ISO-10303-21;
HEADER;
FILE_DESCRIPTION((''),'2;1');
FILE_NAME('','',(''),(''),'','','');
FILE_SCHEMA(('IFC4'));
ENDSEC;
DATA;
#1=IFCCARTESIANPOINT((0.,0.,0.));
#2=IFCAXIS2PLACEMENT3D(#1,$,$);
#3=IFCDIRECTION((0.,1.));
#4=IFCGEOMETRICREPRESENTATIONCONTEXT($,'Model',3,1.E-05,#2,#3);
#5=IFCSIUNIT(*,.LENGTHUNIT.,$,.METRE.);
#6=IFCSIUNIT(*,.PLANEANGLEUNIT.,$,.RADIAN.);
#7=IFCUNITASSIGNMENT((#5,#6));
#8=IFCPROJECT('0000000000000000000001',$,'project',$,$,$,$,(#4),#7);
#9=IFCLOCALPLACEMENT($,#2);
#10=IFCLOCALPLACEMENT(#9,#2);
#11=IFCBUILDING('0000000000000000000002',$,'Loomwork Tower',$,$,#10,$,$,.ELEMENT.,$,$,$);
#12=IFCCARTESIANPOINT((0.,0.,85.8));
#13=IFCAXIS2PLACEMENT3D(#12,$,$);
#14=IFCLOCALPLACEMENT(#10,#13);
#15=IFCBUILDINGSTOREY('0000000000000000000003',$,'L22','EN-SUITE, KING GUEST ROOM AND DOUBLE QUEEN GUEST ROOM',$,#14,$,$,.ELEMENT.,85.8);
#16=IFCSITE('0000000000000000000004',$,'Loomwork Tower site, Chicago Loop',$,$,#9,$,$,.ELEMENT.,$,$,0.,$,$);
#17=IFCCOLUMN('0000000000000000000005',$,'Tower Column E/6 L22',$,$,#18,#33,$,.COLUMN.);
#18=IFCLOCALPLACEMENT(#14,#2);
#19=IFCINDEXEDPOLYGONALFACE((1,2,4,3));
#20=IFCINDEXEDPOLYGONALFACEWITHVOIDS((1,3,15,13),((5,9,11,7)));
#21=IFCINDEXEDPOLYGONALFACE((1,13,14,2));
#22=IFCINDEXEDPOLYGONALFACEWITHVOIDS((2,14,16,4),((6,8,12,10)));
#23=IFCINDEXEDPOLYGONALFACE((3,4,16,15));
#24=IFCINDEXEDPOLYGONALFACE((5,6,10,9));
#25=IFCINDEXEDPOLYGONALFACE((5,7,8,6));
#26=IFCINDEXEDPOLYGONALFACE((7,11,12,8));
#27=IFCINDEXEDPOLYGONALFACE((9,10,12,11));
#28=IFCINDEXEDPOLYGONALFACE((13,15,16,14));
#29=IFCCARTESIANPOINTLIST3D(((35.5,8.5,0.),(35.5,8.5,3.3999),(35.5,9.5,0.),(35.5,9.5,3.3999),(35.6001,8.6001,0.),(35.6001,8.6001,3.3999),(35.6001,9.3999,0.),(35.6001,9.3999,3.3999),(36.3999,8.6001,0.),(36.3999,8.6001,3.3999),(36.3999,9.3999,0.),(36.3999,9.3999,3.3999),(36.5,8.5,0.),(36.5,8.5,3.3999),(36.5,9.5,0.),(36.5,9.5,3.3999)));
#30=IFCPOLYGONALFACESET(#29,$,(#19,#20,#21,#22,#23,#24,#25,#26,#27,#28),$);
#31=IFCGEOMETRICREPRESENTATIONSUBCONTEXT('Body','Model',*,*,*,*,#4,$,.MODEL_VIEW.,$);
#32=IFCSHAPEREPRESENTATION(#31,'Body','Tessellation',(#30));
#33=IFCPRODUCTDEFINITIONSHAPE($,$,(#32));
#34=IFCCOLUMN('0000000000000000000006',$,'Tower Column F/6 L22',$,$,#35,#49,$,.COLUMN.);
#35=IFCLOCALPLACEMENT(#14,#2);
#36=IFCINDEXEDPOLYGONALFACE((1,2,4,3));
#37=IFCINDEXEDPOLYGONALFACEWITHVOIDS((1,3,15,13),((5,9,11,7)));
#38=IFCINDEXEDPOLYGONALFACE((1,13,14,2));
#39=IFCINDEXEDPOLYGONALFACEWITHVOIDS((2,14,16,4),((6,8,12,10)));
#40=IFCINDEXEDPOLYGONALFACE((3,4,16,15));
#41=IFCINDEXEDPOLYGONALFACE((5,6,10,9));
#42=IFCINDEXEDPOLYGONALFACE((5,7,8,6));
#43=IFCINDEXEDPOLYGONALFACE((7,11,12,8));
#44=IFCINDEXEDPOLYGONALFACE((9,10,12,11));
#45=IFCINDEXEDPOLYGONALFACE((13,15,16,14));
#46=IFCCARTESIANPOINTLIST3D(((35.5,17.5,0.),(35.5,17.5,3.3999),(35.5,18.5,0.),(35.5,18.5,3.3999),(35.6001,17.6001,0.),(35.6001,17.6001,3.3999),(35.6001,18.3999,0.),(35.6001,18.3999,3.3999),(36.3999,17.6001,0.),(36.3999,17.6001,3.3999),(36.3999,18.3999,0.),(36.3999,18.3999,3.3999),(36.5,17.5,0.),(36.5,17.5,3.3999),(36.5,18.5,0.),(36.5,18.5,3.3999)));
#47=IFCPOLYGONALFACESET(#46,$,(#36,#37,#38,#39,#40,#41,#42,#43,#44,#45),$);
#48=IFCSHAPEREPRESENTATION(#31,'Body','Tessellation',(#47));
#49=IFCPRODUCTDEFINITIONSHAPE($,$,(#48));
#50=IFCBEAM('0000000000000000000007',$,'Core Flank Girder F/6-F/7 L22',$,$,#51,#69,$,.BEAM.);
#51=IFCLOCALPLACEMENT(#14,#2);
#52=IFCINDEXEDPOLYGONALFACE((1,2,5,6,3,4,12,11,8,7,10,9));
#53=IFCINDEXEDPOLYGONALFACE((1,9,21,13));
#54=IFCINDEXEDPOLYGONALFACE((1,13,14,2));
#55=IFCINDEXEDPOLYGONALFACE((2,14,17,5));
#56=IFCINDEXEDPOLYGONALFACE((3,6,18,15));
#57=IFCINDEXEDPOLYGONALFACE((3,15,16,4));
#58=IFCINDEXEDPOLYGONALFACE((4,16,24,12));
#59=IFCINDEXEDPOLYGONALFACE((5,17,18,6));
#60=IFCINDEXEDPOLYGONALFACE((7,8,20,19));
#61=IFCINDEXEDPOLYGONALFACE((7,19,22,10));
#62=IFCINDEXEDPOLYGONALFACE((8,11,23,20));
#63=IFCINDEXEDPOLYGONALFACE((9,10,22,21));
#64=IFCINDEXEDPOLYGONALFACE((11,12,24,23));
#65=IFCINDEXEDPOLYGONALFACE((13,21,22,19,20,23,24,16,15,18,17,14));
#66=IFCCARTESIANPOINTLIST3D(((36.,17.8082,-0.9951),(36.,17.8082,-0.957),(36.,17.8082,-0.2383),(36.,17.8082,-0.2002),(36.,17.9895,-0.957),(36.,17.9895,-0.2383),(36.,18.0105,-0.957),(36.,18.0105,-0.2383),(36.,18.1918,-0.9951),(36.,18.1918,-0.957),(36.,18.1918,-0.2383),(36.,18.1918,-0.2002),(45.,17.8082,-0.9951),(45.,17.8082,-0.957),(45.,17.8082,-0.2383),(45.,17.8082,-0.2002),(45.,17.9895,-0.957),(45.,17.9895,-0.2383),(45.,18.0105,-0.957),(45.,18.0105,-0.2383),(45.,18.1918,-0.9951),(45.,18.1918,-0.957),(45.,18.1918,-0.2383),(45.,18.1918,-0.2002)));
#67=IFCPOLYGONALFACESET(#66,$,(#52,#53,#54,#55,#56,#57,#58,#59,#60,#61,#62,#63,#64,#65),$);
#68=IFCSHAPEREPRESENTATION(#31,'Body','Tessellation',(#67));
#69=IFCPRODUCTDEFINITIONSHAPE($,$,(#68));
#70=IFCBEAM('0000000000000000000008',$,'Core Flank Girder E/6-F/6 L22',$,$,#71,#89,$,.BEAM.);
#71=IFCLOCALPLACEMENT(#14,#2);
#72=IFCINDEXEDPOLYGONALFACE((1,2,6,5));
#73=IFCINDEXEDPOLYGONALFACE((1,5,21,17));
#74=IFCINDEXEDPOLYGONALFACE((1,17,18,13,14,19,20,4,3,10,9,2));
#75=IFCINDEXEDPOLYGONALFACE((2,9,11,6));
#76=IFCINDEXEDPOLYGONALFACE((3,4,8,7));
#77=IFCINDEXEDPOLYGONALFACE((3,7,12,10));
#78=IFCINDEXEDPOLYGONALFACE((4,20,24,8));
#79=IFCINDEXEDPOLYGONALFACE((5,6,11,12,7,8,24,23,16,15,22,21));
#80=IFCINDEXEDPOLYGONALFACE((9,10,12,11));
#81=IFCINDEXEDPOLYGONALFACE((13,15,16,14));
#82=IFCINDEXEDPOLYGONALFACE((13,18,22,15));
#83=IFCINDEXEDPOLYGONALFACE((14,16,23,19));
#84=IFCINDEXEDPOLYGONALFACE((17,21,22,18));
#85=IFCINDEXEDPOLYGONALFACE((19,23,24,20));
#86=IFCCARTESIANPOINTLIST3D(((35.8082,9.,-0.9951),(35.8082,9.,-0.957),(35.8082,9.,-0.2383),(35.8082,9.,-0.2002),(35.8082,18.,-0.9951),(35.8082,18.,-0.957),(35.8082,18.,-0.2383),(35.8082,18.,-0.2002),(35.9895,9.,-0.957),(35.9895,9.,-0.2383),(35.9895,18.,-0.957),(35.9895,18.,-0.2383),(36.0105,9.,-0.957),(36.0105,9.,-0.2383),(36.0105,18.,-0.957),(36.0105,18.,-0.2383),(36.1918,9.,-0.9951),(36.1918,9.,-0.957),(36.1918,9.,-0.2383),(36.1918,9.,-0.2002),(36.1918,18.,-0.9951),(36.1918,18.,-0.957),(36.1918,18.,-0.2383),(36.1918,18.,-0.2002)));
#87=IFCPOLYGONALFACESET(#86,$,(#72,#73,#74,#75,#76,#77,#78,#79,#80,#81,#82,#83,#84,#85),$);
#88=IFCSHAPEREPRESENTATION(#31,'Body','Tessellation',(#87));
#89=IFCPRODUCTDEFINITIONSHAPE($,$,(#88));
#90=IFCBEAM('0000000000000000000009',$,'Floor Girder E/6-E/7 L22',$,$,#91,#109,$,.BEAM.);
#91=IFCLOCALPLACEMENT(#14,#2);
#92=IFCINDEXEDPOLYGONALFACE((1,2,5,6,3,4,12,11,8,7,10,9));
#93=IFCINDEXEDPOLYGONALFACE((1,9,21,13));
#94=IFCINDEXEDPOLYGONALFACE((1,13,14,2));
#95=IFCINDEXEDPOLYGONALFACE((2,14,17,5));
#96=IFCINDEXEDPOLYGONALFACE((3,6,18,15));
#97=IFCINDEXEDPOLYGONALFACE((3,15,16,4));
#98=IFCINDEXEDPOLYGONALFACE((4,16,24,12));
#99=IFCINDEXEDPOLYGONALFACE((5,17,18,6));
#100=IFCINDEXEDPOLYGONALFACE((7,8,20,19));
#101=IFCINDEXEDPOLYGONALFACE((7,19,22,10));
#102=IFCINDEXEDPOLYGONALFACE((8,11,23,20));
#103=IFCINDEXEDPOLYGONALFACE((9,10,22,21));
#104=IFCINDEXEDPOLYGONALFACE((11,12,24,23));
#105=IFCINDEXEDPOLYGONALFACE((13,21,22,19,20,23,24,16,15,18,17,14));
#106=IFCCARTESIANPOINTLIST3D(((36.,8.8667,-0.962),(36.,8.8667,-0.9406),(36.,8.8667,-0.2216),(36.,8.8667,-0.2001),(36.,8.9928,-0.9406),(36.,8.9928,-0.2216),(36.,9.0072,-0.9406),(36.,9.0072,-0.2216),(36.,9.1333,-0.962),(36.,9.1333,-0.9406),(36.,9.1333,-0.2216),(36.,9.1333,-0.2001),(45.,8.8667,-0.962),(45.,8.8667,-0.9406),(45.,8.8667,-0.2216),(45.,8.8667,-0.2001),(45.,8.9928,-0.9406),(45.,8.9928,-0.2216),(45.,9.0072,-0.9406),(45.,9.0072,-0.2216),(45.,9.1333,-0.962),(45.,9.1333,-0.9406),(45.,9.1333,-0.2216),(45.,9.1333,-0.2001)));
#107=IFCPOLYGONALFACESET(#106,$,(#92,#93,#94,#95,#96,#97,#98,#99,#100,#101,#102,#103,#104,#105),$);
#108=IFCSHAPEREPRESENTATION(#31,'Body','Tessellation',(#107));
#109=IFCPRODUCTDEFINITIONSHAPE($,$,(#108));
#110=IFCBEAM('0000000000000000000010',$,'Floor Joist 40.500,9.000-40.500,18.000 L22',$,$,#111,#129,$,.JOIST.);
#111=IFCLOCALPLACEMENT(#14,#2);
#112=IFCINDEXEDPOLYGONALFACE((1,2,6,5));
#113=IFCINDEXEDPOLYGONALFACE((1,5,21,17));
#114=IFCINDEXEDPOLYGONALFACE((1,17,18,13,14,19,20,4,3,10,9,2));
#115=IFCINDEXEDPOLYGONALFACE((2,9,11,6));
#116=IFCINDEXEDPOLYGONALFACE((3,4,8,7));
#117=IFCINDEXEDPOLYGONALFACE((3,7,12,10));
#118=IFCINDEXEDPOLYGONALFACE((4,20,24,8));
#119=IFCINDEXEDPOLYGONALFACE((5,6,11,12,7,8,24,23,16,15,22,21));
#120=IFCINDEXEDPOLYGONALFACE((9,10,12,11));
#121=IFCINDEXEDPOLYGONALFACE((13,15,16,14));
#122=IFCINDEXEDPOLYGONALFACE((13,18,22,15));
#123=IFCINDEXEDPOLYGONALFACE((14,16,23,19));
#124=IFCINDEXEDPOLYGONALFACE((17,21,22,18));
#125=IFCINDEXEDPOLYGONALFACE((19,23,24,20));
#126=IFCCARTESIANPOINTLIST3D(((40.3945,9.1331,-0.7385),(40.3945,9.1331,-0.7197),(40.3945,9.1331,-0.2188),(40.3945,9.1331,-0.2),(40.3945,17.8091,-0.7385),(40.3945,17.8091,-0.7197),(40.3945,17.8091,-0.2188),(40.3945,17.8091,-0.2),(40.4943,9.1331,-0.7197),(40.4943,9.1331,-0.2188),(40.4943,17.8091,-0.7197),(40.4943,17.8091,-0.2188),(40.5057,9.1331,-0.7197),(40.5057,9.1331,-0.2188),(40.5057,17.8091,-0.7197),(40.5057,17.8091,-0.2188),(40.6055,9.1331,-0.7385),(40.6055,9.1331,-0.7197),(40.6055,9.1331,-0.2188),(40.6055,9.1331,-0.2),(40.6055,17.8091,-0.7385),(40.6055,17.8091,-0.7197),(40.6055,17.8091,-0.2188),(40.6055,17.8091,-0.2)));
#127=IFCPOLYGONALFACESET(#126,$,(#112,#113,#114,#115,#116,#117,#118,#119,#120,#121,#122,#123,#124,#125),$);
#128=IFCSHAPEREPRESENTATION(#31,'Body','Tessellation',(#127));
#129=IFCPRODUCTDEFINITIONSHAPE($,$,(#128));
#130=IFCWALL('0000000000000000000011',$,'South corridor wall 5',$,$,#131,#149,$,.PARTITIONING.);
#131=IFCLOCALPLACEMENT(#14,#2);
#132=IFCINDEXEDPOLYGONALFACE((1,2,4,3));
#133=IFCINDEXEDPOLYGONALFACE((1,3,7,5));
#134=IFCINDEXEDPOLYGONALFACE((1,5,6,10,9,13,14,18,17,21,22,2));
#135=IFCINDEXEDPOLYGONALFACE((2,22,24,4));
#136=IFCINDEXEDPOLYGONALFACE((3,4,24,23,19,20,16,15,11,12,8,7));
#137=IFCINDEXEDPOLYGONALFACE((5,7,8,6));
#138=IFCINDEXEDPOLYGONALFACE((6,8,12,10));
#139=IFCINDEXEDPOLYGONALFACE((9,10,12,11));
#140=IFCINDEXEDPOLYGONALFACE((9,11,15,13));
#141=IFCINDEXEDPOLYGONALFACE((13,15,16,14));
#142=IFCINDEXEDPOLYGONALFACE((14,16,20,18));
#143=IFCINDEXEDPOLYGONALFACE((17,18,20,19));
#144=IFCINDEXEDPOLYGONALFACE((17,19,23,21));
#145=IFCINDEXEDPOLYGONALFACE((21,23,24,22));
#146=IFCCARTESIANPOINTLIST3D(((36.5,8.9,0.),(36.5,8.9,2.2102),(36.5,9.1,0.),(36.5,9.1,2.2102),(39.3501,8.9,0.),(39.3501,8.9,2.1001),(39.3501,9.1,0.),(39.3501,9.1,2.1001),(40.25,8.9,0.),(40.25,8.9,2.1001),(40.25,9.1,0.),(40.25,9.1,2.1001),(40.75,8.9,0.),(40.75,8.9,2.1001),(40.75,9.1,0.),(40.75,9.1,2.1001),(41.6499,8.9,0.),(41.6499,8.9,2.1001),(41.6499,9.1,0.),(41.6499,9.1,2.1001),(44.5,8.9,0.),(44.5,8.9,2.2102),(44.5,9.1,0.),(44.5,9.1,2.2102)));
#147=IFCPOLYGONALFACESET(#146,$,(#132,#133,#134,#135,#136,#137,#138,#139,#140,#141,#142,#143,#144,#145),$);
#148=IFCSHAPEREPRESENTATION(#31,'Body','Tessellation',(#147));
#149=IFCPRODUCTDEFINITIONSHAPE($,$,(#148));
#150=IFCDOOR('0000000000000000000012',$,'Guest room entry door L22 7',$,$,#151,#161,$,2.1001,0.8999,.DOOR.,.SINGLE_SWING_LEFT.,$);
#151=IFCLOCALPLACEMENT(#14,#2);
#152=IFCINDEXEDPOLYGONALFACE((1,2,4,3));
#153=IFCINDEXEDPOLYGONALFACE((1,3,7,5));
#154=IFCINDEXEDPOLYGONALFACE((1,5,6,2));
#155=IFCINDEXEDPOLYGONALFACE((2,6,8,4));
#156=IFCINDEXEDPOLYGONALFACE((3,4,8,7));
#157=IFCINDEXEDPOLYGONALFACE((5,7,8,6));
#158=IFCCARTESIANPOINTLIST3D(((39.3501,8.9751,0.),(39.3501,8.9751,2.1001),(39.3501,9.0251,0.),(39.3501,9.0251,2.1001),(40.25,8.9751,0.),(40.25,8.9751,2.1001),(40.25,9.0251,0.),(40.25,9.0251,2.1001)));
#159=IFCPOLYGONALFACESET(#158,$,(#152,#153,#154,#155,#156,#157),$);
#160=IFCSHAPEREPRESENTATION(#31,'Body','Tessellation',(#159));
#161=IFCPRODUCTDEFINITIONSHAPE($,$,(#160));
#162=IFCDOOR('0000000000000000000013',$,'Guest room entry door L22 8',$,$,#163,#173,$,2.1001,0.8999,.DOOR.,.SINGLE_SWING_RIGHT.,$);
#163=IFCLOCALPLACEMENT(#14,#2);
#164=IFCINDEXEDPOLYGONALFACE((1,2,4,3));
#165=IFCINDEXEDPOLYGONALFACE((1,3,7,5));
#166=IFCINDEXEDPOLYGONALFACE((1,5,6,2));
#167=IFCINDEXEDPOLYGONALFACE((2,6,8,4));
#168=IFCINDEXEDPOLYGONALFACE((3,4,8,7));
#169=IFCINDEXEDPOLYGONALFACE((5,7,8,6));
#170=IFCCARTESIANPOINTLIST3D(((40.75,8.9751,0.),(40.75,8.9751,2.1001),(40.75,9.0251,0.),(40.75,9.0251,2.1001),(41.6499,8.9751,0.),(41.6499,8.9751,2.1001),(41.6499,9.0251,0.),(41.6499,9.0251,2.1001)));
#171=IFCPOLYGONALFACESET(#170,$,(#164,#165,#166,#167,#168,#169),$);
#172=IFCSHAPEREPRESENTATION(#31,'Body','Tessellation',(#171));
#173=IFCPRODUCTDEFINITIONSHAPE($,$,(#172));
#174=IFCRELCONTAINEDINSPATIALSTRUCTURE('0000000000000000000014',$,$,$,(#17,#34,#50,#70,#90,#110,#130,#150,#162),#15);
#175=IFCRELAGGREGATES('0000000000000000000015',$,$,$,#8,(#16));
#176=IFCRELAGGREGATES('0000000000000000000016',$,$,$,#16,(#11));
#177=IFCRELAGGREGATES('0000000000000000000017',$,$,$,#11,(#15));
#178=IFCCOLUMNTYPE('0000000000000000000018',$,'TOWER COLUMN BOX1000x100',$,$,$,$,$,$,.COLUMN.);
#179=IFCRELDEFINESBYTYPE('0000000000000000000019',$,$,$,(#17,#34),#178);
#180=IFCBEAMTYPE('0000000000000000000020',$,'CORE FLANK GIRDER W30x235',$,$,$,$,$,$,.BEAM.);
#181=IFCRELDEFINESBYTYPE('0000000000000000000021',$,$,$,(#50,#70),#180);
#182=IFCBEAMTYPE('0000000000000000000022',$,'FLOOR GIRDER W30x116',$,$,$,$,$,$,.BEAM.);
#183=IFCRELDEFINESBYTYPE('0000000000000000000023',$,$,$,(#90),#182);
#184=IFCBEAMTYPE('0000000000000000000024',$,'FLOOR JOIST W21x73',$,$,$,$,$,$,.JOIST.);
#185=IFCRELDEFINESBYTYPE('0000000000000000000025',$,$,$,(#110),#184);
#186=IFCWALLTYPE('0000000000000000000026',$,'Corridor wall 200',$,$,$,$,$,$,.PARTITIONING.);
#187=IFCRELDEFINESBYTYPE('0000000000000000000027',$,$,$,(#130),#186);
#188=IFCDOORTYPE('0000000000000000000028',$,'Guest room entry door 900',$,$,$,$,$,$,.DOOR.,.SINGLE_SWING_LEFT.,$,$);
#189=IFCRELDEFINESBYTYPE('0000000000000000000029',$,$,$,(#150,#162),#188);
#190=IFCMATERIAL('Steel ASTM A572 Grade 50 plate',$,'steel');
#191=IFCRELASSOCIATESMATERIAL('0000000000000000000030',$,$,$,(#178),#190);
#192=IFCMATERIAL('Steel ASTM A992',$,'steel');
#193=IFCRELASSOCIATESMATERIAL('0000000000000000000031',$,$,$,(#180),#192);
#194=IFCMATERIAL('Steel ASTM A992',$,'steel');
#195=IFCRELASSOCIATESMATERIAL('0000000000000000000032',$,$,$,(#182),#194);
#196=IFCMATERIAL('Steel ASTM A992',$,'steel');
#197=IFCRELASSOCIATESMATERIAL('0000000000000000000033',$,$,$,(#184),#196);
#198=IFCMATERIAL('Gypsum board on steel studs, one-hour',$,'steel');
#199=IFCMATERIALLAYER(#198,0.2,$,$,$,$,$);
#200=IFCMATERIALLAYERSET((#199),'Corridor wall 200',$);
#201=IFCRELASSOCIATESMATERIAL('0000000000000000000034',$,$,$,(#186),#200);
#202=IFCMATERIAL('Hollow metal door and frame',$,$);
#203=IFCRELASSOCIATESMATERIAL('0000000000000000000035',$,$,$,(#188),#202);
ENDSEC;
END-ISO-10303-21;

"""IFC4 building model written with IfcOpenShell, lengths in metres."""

from ifc_helpers import new_model, si_unit, direction, frame, frame_2d, origin, origin_2d, place, context, subcontext, project, spatial, rectangle, hollow_rectangle, i_section, extrude, material, layer, layer_set, material_profile, profile_set, type_object, element, fill, save


model = new_model("IFC4")

# Units and contexts
model_context = context("Model", 3, precision=1e-05, world=origin(), true_north=direction((0.0, 1.0)))
body_context = subcontext(model_context, "Body", "Model", "MODEL_VIEW")
ifc_project = project(units=[si_unit("LENGTHUNIT", "METRE"), si_unit("PLANEANGLEUNIT", "RADIAN")], contexts=[model_context])

# Site, building, storey
site_placement = place(None, origin())
site = spatial("IfcSite", under=ifc_project, at=site_placement, Name="Loomwork Tower site, Chicago Loop", CompositionType="ELEMENT", RefElevation=0.0)
building_placement = place(site_placement, origin())
building = spatial("IfcBuilding", under=site, at=building_placement, Name="Loomwork Tower", CompositionType="ELEMENT")
storey_placement = place(building_placement, frame((0.0, 0.0, 85.8)))
storey = spatial("IfcBuildingStorey", under=building, at=storey_placement, Name="L22", Description="EN-SUITE, KING GUEST ROOM AND DOUBLE QUEEN GUEST ROOM", CompositionType="ELEMENT", Elevation=85.8)

# Columns
ifc_material_1 = material(Name="Steel ASTM A572 Grade 50 plate", Category="steel")
ifc_material_profile_1 = material_profile(ifc_material_1, hollow_rectangle(XDim=1.0, YDim=1.0, WallThickness=0.1001, at=origin_2d()), Name="BOX1000x100")
ifc_profile_set_1 = profile_set([ifc_material_profile_1], Name="Steel ASTM A572 Grade 50 plate")
column_type = type_object("IfcColumnType", Name="TOWER COLUMN BOX1000x100", PredefinedType="COLUMN", material=ifc_profile_set_1)
for number, where, z_axis, x_axis, name in (
    (1, (36.0, 9.0, 0.0), (0.0, 0.0, 1.0), (0.0, 1.0, 0.0), "Tower Column E/6 L22"),
    (2, (36.0, 18.0, 0.0), (0.0, 0.0, 1.0), (0.0, 1.0, 0.0), "Tower Column F/6 L22"),
):
    element("IfcColumn", number, at=place(storey_placement, frame(where, z_axis=z_axis, x_axis=x_axis)), inside=storey, type_object=column_type, Name=name, PredefinedType="COLUMN", context=body_context, shape_type="SweptSolid", body=[
        extrude(hollow_rectangle(XDim=1.0, YDim=1.0, WallThickness=0.1001, at=origin_2d()), origin(), (0.0, 0.0, 1.0), 3.3999),
    ])

# Beams
ifc_material_2 = material(Name="Steel ASTM A992", Category="steel")
ifc_material_profile_2 = material_profile(ifc_material_2, i_section(OverallWidth=0.3835, OverallDepth=0.7949, WebThickness=0.021, FlangeThickness=0.0381, at=origin_2d()), Name="W30x235")
ifc_profile_set_2 = profile_set([ifc_material_profile_2], Name="Steel ASTM A992")
beam_type_1 = type_object("IfcBeamType", Name="CORE FLANK GIRDER W30x235", PredefinedType="BEAM", material=ifc_profile_set_2)
for number, where, z_axis, x_axis, name in (
    (3, (36.0, 18.0, -0.5977), (1.0, 0.0, 0.0), (0.0, 1.0, 0.0), "Core Flank Girder F/6-F/7 L22"),
    (4, (36.0, 9.0, -0.5977), (0.0, 1.0, 0.0), (-1.0, 0.0, 0.0), "Core Flank Girder E/6-F/6 L22"),
):
    element("IfcBeam", number, at=place(storey_placement, frame(where, z_axis=z_axis, x_axis=x_axis)), inside=storey, type_object=beam_type_1, Name=name, PredefinedType="BEAM", context=body_context, shape_type="SweptSolid", body=[
        extrude(i_section(OverallWidth=0.3835, OverallDepth=0.7949, WebThickness=0.021, FlangeThickness=0.0381, at=origin_2d()), origin(), (0.0, 0.0, 1.0), 9.0),
    ])
ifc_material_3 = material(Name="Steel ASTM A992", Category="steel")
ifc_material_profile_3 = material_profile(ifc_material_3, i_section(OverallWidth=0.2666, OverallDepth=0.762, WebThickness=0.0144, FlangeThickness=0.0215, at=origin_2d()), Name="W30x116")
ifc_profile_set_3 = profile_set([ifc_material_profile_3], Name="Steel ASTM A992")
beam_type_2 = type_object("IfcBeamType", Name="FLOOR GIRDER W30x116", PredefinedType="BEAM", material=ifc_profile_set_3)
beam_1_placement = place(storey_placement, frame((36.0, 9.0, -0.5811), z_axis=(1.0, 0.0, 0.0), x_axis=(0.0, 1.0, 0.0)))
element("IfcBeam", 5, at=beam_1_placement, inside=storey, type_object=beam_type_2, Name="Floor Girder E/6-E/7 L22", PredefinedType="BEAM", context=body_context, shape_type="SweptSolid", body=[
    extrude(i_section(OverallWidth=0.2666, OverallDepth=0.762, WebThickness=0.0144, FlangeThickness=0.0215, at=origin_2d()), origin(), (0.0, 0.0, 1.0), 9.0),
])
ifc_material_4 = material(Name="Steel ASTM A992", Category="steel")
ifc_material_profile_4 = material_profile(ifc_material_4, i_section(OverallWidth=0.2109, OverallDepth=0.5386, WebThickness=0.0115, FlangeThickness=0.0188, at=origin_2d()), Name="W21x73")
ifc_profile_set_4 = profile_set([ifc_material_profile_4], Name="Steel ASTM A992")
beam_type_3 = type_object("IfcBeamType", Name="FLOOR JOIST W21x73", PredefinedType="JOIST", material=ifc_profile_set_4)
beam_2_placement = place(storey_placement, frame((40.5, 9.1331, -0.4692), z_axis=(0.0, 1.0, 0.0), x_axis=(-1.0, 0.0, 0.0)))
element("IfcBeam", 6, at=beam_2_placement, inside=storey, type_object=beam_type_3, Name="Floor Joist 40.500,9.000-40.500,18.000 L22", PredefinedType="JOIST", context=body_context, shape_type="SweptSolid", body=[
    extrude(i_section(OverallWidth=0.2109, OverallDepth=0.5386, WebThickness=0.0115, FlangeThickness=0.0188, at=origin_2d()), origin(), (0.0, 0.0, 1.0), 8.676),
])

# Wall, openings, doors
ifc_material_5 = material(Name="Gypsum board on steel studs, one-hour", Category="steel")
ifc_layer_1 = layer(ifc_material_5, 0.2)
ifc_layer_set_1 = layer_set([ifc_layer_1], Name="Corridor wall 200")
wall_type_1 = type_object("IfcWallType", Name="Corridor wall 200", PredefinedType="PARTITIONING", material=ifc_layer_set_1)
wall_1_placement = place(storey_placement, frame((36.5, 9.0, 0.0), z_axis=(0.0, 0.0, 1.0), x_axis=(1.0, 0.0, 0.0)))
wall_1 = element("IfcWall", 7, at=wall_1_placement, inside=storey, type_object=wall_type_1, Name="South corridor wall 5", PredefinedType="PARTITIONING", context=body_context, shape_type="SweptSolid", body=[
    extrude(rectangle(XDim=8.0, YDim=0.2, at=frame_2d((4.0, 0.0))), origin(), (0.0, 0.0, 1.0), 2.2102),
])
opening_1_placement = place(wall_1_placement, frame((2.8501, 0.0, 0.0)))
opening_1 = element("IfcOpeningElement", 8, at=opening_1_placement, cuts=wall_1, PredefinedType="OPENING", context=body_context, shape_type="SweptSolid", body=[
    extrude(rectangle(XDim=0.8999, YDim=2.1001, at=frame_2d((0.45, 1.05))), frame((0.0, 0.1099, 0.0), z_axis=(0.0, -1.0, 0.0), x_axis=(1.0, 0.0, 0.0)), (0.0, 0.0, 1.0), 0.22),
])
opening_2_placement = place(wall_1_placement, frame((4.25, 0.0, 0.0)))
opening_2 = element("IfcOpeningElement", 9, at=opening_2_placement, cuts=wall_1, PredefinedType="OPENING", context=body_context, shape_type="SweptSolid", body=[
    extrude(rectangle(XDim=0.8999, YDim=2.1001, at=frame_2d((0.45, 1.05))), frame((0.0, 0.1099, 0.0), z_axis=(0.0, -1.0, 0.0), x_axis=(1.0, 0.0, 0.0)), (0.0, 0.0, 1.0), 0.22),
])
ifc_material_6 = material(Name="Hollow metal door and frame")
door_type_1 = type_object("IfcDoorType", Name="Guest room entry door 900", OperationType="SINGLE_SWING_LEFT", PredefinedType="DOOR", material=ifc_material_6)
door_1_placement = place(opening_1_placement, frame((0.8999, 0.0, 0.0), z_axis=(0.0, 0.0, 1.0), x_axis=(-1.0, 0.0, 0.0)))
door_1 = element("IfcDoor", 10, at=door_1_placement, inside=storey, type_object=door_type_1, Name="Guest room entry door L22 7", OperationType="SINGLE_SWING_LEFT", OverallHeight=2.1001, OverallWidth=0.8999, PredefinedType="DOOR", context=body_context, shape_type="SweptSolid", body=[
    extrude(rectangle(XDim=0.8999, YDim=2.1001, at=frame_2d((0.45, 1.05))), frame((0.0, 0.0249, 0.0), z_axis=(0.0, -1.0, 0.0), x_axis=(1.0, 0.0, 0.0)), (0.0, 0.0, 1.0), 0.05),
])
fill(opening_1, door_1)
door_2_placement = place(opening_2_placement, frame((0.8999, 0.0, 0.0), z_axis=(0.0, 0.0, 1.0), x_axis=(-1.0, 0.0, 0.0)))
door_2 = element("IfcDoor", 11, at=door_2_placement, inside=storey, type_object=door_type_1, Name="Guest room entry door L22 8", OperationType="SINGLE_SWING_RIGHT", OverallHeight=2.1001, OverallWidth=0.8999, PredefinedType="DOOR", context=body_context, shape_type="SweptSolid", body=[
    extrude(rectangle(XDim=0.8999, YDim=2.1001, at=frame_2d((0.45, 1.05))), frame((0.0, 0.0249, 0.0), z_axis=(0.0, -1.0, 0.0), x_axis=(1.0, 0.0, 0.0)), (0.0, 0.0, 1.0), 0.05),
])
fill(opening_2, door_2)

save(model, "model.ifc")
